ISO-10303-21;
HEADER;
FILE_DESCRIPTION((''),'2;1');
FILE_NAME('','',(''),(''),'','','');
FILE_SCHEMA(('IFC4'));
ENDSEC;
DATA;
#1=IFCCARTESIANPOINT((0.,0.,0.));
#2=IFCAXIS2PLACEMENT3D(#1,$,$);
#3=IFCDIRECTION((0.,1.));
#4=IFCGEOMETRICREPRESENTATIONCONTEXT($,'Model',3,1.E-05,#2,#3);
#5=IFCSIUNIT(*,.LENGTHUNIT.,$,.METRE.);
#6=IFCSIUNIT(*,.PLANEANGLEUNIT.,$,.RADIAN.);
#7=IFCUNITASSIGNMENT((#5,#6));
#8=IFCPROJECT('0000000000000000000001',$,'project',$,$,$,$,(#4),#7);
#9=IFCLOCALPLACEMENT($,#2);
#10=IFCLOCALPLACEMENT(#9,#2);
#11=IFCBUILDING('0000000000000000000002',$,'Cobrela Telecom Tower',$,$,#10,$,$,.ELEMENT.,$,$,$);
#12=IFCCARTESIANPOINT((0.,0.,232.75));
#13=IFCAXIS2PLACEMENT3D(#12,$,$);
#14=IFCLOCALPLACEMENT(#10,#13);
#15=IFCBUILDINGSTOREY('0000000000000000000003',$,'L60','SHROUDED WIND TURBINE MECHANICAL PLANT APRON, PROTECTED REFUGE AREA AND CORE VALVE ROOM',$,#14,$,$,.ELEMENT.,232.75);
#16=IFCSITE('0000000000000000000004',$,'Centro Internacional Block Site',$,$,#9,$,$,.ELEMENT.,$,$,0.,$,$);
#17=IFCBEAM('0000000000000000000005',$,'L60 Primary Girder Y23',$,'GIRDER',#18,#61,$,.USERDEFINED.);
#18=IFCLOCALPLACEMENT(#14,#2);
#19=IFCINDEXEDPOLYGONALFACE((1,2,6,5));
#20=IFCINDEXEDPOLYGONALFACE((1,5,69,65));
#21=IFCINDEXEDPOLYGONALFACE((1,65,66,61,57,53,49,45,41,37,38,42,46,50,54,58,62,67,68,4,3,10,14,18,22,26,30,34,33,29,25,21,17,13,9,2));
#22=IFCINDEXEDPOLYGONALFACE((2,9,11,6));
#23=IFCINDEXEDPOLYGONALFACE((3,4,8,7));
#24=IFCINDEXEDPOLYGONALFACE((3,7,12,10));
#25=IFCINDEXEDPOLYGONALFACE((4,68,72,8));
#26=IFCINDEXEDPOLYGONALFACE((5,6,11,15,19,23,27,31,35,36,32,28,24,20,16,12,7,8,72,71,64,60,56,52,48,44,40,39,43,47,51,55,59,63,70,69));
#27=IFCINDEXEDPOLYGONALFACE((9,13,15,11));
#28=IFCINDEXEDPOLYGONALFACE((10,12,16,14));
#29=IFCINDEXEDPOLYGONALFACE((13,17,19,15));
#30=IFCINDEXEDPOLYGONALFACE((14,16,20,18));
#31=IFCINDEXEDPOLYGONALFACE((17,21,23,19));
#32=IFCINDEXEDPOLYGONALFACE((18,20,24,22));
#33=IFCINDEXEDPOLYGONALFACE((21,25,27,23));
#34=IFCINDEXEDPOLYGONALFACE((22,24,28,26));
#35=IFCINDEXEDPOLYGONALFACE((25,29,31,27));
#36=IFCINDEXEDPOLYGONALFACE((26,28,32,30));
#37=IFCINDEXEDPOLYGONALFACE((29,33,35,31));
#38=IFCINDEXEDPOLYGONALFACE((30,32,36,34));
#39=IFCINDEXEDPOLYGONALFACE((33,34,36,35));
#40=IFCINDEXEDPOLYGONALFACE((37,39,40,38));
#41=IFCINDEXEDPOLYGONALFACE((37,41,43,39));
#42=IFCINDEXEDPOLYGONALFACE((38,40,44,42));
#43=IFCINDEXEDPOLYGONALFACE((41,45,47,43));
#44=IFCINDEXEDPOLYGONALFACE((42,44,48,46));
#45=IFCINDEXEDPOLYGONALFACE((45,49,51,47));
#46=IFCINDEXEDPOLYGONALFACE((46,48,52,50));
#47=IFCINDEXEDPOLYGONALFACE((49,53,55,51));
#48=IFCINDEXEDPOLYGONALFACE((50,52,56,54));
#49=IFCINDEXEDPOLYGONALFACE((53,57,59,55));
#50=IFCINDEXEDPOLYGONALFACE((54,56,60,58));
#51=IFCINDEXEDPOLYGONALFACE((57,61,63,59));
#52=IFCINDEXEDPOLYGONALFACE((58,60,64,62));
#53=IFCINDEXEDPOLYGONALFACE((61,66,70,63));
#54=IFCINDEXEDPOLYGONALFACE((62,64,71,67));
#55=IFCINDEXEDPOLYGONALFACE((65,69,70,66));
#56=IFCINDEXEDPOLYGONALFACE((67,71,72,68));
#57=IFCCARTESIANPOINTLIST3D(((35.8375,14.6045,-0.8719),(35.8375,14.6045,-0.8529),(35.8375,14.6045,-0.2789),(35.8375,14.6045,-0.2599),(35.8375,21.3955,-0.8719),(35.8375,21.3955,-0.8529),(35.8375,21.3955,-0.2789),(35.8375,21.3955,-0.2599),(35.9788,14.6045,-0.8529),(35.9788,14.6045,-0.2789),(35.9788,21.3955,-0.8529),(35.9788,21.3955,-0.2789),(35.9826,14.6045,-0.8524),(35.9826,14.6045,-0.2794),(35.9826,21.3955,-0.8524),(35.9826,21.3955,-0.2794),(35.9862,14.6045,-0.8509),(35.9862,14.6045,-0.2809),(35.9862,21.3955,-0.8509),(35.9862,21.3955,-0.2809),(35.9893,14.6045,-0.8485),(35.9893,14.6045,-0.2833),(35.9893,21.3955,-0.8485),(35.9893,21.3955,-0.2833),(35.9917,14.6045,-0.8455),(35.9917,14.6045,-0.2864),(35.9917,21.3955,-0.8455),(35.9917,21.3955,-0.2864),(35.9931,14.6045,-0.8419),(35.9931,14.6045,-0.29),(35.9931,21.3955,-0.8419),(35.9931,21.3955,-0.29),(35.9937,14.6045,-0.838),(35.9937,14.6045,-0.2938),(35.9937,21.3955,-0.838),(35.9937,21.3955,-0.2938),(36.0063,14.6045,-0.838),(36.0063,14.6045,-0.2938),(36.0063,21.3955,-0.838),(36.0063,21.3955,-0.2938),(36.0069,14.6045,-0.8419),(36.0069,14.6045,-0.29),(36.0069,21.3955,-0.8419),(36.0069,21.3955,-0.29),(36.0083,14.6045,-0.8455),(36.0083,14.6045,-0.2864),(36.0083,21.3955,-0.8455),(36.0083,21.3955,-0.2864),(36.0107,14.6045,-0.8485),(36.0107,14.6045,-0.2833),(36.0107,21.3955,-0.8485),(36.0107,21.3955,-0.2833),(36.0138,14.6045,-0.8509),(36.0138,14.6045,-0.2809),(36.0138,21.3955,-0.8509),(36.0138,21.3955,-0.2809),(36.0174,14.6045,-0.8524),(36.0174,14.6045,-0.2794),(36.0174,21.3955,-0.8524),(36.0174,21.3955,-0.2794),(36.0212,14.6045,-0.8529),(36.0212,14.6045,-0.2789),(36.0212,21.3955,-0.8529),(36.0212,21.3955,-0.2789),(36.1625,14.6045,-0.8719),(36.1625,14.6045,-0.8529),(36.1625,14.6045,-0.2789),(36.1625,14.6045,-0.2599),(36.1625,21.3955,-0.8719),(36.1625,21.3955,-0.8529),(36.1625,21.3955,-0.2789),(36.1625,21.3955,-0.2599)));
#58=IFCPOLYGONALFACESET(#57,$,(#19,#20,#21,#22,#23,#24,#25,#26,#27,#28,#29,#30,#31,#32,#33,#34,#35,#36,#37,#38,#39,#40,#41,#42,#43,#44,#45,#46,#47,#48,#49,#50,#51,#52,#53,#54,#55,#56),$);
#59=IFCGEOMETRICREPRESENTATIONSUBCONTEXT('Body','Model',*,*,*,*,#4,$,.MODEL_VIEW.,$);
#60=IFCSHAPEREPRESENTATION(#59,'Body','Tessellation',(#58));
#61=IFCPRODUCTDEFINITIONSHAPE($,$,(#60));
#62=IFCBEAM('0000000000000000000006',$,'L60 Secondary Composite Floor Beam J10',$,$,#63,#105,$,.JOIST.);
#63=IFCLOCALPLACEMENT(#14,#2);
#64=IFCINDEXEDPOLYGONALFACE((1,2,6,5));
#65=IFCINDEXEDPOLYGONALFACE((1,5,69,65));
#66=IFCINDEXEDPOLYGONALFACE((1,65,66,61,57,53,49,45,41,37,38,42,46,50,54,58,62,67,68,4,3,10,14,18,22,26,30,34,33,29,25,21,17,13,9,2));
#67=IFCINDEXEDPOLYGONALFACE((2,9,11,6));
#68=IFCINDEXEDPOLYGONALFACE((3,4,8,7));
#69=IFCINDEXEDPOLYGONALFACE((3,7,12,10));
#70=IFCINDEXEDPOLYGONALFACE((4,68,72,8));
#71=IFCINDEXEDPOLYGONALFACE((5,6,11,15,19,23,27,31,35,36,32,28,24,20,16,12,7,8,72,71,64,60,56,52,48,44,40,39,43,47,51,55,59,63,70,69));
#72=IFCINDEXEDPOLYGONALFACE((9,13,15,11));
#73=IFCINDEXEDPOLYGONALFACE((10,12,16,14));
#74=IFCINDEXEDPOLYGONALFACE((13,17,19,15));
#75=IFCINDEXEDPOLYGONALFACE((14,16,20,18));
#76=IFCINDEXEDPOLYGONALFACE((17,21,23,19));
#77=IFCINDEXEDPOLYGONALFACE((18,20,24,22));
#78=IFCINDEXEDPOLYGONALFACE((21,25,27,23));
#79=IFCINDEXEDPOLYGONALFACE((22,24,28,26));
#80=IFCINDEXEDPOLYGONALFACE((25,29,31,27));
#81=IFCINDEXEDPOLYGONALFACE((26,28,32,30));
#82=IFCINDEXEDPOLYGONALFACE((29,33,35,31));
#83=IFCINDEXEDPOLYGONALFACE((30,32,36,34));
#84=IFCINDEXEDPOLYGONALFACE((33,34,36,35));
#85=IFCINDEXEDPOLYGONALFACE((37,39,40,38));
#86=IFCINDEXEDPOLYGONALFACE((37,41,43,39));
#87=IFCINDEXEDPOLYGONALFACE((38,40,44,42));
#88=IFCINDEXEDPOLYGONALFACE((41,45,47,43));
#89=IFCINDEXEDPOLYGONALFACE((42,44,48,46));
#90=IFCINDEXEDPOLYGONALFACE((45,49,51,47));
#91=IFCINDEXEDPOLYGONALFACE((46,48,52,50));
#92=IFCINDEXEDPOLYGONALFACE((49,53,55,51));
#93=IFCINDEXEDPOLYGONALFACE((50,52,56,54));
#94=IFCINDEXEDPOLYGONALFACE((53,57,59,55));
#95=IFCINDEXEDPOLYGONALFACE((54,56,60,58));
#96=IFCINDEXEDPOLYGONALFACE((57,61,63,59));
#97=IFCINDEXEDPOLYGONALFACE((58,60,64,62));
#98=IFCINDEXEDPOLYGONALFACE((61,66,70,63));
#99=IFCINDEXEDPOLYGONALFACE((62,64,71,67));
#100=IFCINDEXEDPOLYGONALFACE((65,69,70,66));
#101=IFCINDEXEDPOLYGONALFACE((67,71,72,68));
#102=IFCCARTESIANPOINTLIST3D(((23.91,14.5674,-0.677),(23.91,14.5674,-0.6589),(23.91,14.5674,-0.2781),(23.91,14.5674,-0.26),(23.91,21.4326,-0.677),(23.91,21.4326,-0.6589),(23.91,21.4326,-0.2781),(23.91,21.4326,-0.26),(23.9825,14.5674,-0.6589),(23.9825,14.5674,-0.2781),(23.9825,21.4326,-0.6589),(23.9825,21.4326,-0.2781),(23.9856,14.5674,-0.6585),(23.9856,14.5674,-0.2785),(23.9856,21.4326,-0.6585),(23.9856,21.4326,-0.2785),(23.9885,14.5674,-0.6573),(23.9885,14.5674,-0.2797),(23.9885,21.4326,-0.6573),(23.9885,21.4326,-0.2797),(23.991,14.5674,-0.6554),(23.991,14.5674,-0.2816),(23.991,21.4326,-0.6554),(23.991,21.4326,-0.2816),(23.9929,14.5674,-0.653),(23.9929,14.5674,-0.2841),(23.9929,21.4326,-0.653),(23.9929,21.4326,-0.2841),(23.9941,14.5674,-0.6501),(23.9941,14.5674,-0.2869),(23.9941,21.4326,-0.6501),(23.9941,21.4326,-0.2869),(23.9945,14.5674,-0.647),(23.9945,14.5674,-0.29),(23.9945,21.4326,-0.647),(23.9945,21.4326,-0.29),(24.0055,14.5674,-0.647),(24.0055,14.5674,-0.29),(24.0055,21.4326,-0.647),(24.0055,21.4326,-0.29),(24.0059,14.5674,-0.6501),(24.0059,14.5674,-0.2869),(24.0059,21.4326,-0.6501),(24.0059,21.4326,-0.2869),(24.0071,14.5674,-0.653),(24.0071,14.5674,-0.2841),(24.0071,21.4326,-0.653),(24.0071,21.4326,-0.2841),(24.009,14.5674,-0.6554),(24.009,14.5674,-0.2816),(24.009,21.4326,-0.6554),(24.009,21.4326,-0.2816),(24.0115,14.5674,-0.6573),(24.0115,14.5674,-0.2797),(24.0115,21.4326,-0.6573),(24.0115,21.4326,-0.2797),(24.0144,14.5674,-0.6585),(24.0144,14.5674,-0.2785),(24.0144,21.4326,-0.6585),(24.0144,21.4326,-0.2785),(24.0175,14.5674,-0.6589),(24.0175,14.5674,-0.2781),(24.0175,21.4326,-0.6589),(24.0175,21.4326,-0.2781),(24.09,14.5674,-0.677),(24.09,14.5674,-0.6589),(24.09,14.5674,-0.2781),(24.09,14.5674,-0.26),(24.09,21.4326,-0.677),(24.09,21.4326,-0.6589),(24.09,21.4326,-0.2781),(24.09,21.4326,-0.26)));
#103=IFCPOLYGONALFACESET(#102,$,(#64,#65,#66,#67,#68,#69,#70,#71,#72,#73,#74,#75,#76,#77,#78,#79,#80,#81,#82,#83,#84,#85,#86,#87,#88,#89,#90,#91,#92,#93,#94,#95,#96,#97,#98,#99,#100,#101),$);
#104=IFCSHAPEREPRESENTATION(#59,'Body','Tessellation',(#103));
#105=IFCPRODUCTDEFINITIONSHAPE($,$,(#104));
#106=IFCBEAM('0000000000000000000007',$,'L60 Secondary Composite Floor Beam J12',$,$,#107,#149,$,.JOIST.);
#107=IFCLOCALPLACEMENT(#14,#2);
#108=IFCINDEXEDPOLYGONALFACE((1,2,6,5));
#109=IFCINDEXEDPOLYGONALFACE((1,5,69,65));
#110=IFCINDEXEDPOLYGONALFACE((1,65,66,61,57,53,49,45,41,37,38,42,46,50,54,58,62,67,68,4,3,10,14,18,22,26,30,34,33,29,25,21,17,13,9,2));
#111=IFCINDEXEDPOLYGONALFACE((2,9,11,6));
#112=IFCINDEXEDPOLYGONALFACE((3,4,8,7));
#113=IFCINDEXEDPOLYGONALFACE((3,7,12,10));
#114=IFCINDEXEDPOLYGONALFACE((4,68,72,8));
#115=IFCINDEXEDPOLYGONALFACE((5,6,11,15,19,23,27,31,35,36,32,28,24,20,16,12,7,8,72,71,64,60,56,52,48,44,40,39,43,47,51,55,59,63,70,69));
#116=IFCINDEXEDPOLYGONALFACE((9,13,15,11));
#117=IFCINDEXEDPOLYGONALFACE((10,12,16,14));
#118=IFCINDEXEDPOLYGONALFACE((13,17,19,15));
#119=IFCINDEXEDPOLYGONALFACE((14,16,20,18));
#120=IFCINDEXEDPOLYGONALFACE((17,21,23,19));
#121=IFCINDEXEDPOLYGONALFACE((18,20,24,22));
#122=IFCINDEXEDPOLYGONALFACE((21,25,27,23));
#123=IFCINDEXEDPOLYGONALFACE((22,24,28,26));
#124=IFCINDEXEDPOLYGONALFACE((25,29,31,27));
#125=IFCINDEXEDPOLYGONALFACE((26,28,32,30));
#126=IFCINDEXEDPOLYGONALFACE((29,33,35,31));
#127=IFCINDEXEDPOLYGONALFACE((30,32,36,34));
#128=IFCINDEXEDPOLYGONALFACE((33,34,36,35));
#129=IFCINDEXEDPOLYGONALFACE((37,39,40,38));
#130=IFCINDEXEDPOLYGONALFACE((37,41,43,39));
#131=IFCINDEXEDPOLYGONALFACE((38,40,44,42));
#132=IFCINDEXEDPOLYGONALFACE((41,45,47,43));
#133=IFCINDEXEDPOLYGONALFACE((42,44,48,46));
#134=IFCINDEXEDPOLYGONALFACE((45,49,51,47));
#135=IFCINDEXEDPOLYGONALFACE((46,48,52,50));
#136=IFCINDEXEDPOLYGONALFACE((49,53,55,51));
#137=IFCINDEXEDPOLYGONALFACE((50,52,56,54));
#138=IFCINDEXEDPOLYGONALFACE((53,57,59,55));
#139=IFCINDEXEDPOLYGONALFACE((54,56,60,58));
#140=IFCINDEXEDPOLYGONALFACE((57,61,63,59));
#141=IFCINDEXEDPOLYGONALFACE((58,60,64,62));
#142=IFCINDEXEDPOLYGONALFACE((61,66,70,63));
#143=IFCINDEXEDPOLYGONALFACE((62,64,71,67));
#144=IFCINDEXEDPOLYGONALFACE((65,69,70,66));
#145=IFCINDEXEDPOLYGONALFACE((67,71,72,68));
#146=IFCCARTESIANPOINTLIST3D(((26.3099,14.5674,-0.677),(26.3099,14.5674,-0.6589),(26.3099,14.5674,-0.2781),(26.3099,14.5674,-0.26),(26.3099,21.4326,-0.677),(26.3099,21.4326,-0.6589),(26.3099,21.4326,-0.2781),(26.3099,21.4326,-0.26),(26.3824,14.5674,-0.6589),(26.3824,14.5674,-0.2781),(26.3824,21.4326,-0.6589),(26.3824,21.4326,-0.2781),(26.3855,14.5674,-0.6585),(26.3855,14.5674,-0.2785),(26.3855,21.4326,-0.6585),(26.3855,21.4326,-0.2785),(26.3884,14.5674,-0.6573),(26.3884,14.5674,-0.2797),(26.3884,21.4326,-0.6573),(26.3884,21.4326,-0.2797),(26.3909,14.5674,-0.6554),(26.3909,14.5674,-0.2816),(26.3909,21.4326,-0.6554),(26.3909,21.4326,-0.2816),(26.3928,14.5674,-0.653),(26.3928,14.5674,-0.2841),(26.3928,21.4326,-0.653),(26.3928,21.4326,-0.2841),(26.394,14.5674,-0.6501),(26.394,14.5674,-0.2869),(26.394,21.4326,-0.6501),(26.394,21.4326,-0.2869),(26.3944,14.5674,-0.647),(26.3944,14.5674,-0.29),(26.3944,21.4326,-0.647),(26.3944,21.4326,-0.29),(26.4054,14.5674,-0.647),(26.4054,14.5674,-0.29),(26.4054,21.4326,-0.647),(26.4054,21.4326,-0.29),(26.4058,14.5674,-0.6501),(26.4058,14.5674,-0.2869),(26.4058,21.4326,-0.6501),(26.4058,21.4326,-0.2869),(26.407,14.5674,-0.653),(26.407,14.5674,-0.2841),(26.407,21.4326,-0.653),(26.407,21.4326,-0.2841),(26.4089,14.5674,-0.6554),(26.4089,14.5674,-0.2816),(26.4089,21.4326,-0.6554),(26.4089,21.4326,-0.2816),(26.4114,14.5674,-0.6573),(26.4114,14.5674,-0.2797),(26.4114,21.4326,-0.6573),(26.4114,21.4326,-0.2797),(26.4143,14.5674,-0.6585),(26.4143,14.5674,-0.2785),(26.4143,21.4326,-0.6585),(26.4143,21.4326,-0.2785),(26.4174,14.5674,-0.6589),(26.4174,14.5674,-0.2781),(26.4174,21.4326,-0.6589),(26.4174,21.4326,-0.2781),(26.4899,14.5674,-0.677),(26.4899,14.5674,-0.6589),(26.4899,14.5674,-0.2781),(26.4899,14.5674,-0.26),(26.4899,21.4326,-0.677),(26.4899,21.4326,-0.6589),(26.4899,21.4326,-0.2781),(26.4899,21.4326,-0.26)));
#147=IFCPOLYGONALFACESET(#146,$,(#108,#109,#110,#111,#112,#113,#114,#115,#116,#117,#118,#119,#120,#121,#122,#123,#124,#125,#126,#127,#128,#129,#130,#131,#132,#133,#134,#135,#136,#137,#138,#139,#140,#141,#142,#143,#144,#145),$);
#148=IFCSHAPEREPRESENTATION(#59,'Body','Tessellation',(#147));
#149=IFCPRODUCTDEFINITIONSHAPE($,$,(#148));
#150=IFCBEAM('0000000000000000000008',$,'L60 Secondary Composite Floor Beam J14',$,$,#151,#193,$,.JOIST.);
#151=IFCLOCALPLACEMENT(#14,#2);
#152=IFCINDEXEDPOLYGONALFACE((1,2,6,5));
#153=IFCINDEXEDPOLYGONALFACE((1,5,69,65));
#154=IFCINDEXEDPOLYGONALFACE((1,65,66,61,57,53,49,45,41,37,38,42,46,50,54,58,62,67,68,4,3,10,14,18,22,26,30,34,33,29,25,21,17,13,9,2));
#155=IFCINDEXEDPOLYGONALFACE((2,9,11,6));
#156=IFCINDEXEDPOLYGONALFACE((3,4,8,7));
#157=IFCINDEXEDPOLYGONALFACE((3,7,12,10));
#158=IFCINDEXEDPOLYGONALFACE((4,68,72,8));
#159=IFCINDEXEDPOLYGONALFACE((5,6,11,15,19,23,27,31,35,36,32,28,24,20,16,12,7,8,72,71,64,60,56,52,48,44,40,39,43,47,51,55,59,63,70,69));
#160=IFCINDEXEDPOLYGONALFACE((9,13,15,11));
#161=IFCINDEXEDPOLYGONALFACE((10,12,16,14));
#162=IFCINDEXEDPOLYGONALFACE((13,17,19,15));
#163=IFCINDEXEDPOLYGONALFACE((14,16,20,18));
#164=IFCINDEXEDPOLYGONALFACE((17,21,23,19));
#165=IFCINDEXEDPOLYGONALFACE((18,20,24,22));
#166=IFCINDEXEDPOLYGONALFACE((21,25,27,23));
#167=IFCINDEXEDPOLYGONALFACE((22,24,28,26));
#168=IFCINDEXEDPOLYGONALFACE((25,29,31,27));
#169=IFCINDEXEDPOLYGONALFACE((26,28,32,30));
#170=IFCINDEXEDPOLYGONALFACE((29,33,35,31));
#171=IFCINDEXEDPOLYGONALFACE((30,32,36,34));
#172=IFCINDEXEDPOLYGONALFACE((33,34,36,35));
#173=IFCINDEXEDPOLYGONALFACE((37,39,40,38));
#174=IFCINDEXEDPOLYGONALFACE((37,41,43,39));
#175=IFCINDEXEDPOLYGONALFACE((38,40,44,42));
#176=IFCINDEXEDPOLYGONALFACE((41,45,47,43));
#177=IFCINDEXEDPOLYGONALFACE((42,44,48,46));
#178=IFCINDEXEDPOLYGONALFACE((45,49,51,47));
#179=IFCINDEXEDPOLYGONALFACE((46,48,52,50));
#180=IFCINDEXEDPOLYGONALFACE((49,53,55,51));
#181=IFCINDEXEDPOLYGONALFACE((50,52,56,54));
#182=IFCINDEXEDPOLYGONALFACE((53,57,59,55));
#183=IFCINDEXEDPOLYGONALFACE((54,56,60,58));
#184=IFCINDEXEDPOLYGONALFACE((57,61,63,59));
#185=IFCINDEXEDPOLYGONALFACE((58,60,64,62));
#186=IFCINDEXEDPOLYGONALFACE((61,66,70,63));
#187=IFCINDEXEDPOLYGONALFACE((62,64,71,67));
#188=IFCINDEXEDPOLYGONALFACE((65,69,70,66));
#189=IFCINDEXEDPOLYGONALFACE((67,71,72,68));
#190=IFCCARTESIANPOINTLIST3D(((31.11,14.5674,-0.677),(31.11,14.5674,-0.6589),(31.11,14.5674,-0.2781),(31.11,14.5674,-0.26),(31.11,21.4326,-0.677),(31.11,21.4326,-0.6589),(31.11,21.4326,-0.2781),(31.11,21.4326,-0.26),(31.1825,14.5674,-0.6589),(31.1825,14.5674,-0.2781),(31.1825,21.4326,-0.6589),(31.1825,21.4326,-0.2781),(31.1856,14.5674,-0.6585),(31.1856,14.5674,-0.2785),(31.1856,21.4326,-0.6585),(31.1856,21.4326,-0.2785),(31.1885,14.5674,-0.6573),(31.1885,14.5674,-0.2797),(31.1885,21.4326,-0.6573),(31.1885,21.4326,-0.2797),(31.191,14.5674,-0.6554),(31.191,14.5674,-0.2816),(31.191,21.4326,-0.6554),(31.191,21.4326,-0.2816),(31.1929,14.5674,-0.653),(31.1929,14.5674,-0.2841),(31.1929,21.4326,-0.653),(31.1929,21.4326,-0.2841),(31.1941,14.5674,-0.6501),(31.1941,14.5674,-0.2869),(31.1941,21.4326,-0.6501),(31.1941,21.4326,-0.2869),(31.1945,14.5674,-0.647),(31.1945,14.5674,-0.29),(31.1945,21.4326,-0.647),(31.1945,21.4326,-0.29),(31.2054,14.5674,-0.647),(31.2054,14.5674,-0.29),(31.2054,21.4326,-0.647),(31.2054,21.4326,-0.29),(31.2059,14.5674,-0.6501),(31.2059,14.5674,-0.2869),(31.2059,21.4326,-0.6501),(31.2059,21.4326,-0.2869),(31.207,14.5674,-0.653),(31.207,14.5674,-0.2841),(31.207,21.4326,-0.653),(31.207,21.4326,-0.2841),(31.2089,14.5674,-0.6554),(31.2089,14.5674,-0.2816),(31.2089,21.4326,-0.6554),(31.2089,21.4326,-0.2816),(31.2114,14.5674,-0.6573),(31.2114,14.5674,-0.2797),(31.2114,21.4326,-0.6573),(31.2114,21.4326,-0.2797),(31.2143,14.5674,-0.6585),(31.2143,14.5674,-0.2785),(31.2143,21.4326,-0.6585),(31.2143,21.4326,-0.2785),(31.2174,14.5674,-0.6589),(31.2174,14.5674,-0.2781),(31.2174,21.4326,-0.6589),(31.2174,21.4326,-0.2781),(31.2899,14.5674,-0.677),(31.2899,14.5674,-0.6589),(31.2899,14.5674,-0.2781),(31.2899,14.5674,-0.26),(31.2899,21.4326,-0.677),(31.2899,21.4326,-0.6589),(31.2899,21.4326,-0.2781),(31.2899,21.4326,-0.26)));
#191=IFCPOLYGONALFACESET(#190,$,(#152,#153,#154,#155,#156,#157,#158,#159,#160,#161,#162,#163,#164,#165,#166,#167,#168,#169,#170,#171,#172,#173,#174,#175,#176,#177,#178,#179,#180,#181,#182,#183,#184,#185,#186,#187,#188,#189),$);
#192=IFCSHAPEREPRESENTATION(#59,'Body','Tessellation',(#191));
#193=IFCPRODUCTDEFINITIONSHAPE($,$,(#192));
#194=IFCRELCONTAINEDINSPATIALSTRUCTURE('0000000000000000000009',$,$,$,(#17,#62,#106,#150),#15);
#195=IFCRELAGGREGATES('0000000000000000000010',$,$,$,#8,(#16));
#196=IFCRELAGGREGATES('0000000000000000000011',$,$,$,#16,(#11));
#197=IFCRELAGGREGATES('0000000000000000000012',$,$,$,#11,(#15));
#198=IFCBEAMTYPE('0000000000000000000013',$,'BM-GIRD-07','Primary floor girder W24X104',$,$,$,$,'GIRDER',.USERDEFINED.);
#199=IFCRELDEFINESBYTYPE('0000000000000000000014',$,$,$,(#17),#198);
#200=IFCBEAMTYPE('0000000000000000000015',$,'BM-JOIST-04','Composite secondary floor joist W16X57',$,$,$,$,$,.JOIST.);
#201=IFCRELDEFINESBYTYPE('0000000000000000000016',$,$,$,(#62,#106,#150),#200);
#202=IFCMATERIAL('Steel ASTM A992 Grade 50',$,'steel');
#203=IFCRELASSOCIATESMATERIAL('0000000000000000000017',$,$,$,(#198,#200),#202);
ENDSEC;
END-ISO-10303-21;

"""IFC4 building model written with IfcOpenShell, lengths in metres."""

from ifc_helpers import new_model, si_unit, direction, frame, origin, origin_2d, place, context, subcontext, project, spatial, i_section, extrude, material, material_profile, profile_set, type_object, element, save


model = new_model("IFC4")

# Units and contexts
model_context = context("Model", 3, precision=1e-05, world=origin(), true_north=direction((0.0, 1.0)))
body_context = subcontext(model_context, "Body", "Model", "MODEL_VIEW")
ifc_project = project(units=[si_unit("LENGTHUNIT", "METRE"), si_unit("PLANEANGLEUNIT", "RADIAN")], contexts=[model_context])

# Site, building, storey
site_placement = place(None, origin())
site = spatial("IfcSite", under=ifc_project, at=site_placement, Name="Centro Internacional Block Site", CompositionType="ELEMENT", RefElevation=0.0)
building_placement = place(site_placement, origin())
building = spatial("IfcBuilding", under=site, at=building_placement, Name="Cobrela Telecom Tower", CompositionType="ELEMENT")
storey_placement = place(building_placement, frame((0.0, 0.0, 232.75)))
storey = spatial("IfcBuildingStorey", under=building, at=storey_placement, Name="L60", Description="SHROUDED WIND TURBINE MECHANICAL PLANT APRON, PROTECTED REFUGE AREA AND CORE VALVE ROOM", CompositionType="ELEMENT", Elevation=232.75)

# Shared definitions
ifc_material_1 = material(Name="Steel ASTM A992 Grade 50", Category="steel")

# Beams
ifc_material_profile_1 = material_profile(ifc_material_1, i_section(OverallWidth=0.325, OverallDepth=0.6121, WebThickness=0.0127, FlangeThickness=0.019, FilletRadius=0.0149, at=origin_2d()), Name="W24X104")
ifc_profile_set_1 = profile_set([ifc_material_profile_1], Name="Steel ASTM A992 Grade 50")
beam_type_1 = type_object("IfcBeamType", Name="BM-GIRD-07", Description="Primary floor girder W24X104", ElementType="GIRDER", PredefinedType="USERDEFINED", material=ifc_profile_set_1)
for number, where, z_axis, x_axis, name in (
    (1, (36.0, 14.6045, -0.5659), (0.0, 1.0, 0.0), (-1.0, 0.0, 0.0), "L60 Primary Girder Y23"),
):
    element("IfcBeam", number, at=place(storey_placement, frame(where, z_axis=z_axis, x_axis=x_axis)), inside=storey, type_object=beam_type_1, Name=name, ObjectType="GIRDER", PredefinedType="USERDEFINED", context=body_context, shape_type="SweptSolid", body=[
        extrude(i_section(OverallWidth=0.325, OverallDepth=0.6121, WebThickness=0.0127, FlangeThickness=0.019, FilletRadius=0.0149, at=origin_2d()), origin(), (0.0, 0.0, 1.0), 6.791),
    ])
ifc_material_profile_2 = material_profile(ifc_material_1, i_section(OverallWidth=0.1799, OverallDepth=0.417, WebThickness=0.011, FlangeThickness=0.0181, FilletRadius=0.012, at=origin_2d()), Name="W16X57")
ifc_profile_set_2 = profile_set([ifc_material_profile_2], Name="Steel ASTM A992 Grade 50")
beam_type_2 = type_object("IfcBeamType", Name="BM-JOIST-04", Description="Composite secondary floor joist W16X57", PredefinedType="JOIST", material=ifc_profile_set_2)
for number, where, z_axis, x_axis, name in (
    (2, (24.0, 14.5674, -0.4685), (0.0, 1.0, 0.0), (-1.0, 0.0, 0.0), "L60 Secondary Composite Floor Beam J10"),
    (3, (26.3999, 14.5674, -0.4685), (0.0, 1.0, 0.0), (-1.0, 0.0, 0.0), "L60 Secondary Composite Floor Beam J12"),
    (4, (31.2, 14.5674, -0.4685), (0.0, 1.0, 0.0), (-1.0, 0.0, 0.0), "L60 Secondary Composite Floor Beam J14"),
):
    element("IfcBeam", number, at=place(storey_placement, frame(where, z_axis=z_axis, x_axis=x_axis)), inside=storey, type_object=beam_type_2, Name=name, PredefinedType="JOIST", context=body_context, shape_type="SweptSolid", body=[
        extrude(i_section(OverallWidth=0.1799, OverallDepth=0.417, WebThickness=0.011, FlangeThickness=0.0181, FilletRadius=0.012, at=origin_2d()), origin(), (0.0, 0.0, 1.0), 6.8652),
    ])

save(model, "model.ifc")
